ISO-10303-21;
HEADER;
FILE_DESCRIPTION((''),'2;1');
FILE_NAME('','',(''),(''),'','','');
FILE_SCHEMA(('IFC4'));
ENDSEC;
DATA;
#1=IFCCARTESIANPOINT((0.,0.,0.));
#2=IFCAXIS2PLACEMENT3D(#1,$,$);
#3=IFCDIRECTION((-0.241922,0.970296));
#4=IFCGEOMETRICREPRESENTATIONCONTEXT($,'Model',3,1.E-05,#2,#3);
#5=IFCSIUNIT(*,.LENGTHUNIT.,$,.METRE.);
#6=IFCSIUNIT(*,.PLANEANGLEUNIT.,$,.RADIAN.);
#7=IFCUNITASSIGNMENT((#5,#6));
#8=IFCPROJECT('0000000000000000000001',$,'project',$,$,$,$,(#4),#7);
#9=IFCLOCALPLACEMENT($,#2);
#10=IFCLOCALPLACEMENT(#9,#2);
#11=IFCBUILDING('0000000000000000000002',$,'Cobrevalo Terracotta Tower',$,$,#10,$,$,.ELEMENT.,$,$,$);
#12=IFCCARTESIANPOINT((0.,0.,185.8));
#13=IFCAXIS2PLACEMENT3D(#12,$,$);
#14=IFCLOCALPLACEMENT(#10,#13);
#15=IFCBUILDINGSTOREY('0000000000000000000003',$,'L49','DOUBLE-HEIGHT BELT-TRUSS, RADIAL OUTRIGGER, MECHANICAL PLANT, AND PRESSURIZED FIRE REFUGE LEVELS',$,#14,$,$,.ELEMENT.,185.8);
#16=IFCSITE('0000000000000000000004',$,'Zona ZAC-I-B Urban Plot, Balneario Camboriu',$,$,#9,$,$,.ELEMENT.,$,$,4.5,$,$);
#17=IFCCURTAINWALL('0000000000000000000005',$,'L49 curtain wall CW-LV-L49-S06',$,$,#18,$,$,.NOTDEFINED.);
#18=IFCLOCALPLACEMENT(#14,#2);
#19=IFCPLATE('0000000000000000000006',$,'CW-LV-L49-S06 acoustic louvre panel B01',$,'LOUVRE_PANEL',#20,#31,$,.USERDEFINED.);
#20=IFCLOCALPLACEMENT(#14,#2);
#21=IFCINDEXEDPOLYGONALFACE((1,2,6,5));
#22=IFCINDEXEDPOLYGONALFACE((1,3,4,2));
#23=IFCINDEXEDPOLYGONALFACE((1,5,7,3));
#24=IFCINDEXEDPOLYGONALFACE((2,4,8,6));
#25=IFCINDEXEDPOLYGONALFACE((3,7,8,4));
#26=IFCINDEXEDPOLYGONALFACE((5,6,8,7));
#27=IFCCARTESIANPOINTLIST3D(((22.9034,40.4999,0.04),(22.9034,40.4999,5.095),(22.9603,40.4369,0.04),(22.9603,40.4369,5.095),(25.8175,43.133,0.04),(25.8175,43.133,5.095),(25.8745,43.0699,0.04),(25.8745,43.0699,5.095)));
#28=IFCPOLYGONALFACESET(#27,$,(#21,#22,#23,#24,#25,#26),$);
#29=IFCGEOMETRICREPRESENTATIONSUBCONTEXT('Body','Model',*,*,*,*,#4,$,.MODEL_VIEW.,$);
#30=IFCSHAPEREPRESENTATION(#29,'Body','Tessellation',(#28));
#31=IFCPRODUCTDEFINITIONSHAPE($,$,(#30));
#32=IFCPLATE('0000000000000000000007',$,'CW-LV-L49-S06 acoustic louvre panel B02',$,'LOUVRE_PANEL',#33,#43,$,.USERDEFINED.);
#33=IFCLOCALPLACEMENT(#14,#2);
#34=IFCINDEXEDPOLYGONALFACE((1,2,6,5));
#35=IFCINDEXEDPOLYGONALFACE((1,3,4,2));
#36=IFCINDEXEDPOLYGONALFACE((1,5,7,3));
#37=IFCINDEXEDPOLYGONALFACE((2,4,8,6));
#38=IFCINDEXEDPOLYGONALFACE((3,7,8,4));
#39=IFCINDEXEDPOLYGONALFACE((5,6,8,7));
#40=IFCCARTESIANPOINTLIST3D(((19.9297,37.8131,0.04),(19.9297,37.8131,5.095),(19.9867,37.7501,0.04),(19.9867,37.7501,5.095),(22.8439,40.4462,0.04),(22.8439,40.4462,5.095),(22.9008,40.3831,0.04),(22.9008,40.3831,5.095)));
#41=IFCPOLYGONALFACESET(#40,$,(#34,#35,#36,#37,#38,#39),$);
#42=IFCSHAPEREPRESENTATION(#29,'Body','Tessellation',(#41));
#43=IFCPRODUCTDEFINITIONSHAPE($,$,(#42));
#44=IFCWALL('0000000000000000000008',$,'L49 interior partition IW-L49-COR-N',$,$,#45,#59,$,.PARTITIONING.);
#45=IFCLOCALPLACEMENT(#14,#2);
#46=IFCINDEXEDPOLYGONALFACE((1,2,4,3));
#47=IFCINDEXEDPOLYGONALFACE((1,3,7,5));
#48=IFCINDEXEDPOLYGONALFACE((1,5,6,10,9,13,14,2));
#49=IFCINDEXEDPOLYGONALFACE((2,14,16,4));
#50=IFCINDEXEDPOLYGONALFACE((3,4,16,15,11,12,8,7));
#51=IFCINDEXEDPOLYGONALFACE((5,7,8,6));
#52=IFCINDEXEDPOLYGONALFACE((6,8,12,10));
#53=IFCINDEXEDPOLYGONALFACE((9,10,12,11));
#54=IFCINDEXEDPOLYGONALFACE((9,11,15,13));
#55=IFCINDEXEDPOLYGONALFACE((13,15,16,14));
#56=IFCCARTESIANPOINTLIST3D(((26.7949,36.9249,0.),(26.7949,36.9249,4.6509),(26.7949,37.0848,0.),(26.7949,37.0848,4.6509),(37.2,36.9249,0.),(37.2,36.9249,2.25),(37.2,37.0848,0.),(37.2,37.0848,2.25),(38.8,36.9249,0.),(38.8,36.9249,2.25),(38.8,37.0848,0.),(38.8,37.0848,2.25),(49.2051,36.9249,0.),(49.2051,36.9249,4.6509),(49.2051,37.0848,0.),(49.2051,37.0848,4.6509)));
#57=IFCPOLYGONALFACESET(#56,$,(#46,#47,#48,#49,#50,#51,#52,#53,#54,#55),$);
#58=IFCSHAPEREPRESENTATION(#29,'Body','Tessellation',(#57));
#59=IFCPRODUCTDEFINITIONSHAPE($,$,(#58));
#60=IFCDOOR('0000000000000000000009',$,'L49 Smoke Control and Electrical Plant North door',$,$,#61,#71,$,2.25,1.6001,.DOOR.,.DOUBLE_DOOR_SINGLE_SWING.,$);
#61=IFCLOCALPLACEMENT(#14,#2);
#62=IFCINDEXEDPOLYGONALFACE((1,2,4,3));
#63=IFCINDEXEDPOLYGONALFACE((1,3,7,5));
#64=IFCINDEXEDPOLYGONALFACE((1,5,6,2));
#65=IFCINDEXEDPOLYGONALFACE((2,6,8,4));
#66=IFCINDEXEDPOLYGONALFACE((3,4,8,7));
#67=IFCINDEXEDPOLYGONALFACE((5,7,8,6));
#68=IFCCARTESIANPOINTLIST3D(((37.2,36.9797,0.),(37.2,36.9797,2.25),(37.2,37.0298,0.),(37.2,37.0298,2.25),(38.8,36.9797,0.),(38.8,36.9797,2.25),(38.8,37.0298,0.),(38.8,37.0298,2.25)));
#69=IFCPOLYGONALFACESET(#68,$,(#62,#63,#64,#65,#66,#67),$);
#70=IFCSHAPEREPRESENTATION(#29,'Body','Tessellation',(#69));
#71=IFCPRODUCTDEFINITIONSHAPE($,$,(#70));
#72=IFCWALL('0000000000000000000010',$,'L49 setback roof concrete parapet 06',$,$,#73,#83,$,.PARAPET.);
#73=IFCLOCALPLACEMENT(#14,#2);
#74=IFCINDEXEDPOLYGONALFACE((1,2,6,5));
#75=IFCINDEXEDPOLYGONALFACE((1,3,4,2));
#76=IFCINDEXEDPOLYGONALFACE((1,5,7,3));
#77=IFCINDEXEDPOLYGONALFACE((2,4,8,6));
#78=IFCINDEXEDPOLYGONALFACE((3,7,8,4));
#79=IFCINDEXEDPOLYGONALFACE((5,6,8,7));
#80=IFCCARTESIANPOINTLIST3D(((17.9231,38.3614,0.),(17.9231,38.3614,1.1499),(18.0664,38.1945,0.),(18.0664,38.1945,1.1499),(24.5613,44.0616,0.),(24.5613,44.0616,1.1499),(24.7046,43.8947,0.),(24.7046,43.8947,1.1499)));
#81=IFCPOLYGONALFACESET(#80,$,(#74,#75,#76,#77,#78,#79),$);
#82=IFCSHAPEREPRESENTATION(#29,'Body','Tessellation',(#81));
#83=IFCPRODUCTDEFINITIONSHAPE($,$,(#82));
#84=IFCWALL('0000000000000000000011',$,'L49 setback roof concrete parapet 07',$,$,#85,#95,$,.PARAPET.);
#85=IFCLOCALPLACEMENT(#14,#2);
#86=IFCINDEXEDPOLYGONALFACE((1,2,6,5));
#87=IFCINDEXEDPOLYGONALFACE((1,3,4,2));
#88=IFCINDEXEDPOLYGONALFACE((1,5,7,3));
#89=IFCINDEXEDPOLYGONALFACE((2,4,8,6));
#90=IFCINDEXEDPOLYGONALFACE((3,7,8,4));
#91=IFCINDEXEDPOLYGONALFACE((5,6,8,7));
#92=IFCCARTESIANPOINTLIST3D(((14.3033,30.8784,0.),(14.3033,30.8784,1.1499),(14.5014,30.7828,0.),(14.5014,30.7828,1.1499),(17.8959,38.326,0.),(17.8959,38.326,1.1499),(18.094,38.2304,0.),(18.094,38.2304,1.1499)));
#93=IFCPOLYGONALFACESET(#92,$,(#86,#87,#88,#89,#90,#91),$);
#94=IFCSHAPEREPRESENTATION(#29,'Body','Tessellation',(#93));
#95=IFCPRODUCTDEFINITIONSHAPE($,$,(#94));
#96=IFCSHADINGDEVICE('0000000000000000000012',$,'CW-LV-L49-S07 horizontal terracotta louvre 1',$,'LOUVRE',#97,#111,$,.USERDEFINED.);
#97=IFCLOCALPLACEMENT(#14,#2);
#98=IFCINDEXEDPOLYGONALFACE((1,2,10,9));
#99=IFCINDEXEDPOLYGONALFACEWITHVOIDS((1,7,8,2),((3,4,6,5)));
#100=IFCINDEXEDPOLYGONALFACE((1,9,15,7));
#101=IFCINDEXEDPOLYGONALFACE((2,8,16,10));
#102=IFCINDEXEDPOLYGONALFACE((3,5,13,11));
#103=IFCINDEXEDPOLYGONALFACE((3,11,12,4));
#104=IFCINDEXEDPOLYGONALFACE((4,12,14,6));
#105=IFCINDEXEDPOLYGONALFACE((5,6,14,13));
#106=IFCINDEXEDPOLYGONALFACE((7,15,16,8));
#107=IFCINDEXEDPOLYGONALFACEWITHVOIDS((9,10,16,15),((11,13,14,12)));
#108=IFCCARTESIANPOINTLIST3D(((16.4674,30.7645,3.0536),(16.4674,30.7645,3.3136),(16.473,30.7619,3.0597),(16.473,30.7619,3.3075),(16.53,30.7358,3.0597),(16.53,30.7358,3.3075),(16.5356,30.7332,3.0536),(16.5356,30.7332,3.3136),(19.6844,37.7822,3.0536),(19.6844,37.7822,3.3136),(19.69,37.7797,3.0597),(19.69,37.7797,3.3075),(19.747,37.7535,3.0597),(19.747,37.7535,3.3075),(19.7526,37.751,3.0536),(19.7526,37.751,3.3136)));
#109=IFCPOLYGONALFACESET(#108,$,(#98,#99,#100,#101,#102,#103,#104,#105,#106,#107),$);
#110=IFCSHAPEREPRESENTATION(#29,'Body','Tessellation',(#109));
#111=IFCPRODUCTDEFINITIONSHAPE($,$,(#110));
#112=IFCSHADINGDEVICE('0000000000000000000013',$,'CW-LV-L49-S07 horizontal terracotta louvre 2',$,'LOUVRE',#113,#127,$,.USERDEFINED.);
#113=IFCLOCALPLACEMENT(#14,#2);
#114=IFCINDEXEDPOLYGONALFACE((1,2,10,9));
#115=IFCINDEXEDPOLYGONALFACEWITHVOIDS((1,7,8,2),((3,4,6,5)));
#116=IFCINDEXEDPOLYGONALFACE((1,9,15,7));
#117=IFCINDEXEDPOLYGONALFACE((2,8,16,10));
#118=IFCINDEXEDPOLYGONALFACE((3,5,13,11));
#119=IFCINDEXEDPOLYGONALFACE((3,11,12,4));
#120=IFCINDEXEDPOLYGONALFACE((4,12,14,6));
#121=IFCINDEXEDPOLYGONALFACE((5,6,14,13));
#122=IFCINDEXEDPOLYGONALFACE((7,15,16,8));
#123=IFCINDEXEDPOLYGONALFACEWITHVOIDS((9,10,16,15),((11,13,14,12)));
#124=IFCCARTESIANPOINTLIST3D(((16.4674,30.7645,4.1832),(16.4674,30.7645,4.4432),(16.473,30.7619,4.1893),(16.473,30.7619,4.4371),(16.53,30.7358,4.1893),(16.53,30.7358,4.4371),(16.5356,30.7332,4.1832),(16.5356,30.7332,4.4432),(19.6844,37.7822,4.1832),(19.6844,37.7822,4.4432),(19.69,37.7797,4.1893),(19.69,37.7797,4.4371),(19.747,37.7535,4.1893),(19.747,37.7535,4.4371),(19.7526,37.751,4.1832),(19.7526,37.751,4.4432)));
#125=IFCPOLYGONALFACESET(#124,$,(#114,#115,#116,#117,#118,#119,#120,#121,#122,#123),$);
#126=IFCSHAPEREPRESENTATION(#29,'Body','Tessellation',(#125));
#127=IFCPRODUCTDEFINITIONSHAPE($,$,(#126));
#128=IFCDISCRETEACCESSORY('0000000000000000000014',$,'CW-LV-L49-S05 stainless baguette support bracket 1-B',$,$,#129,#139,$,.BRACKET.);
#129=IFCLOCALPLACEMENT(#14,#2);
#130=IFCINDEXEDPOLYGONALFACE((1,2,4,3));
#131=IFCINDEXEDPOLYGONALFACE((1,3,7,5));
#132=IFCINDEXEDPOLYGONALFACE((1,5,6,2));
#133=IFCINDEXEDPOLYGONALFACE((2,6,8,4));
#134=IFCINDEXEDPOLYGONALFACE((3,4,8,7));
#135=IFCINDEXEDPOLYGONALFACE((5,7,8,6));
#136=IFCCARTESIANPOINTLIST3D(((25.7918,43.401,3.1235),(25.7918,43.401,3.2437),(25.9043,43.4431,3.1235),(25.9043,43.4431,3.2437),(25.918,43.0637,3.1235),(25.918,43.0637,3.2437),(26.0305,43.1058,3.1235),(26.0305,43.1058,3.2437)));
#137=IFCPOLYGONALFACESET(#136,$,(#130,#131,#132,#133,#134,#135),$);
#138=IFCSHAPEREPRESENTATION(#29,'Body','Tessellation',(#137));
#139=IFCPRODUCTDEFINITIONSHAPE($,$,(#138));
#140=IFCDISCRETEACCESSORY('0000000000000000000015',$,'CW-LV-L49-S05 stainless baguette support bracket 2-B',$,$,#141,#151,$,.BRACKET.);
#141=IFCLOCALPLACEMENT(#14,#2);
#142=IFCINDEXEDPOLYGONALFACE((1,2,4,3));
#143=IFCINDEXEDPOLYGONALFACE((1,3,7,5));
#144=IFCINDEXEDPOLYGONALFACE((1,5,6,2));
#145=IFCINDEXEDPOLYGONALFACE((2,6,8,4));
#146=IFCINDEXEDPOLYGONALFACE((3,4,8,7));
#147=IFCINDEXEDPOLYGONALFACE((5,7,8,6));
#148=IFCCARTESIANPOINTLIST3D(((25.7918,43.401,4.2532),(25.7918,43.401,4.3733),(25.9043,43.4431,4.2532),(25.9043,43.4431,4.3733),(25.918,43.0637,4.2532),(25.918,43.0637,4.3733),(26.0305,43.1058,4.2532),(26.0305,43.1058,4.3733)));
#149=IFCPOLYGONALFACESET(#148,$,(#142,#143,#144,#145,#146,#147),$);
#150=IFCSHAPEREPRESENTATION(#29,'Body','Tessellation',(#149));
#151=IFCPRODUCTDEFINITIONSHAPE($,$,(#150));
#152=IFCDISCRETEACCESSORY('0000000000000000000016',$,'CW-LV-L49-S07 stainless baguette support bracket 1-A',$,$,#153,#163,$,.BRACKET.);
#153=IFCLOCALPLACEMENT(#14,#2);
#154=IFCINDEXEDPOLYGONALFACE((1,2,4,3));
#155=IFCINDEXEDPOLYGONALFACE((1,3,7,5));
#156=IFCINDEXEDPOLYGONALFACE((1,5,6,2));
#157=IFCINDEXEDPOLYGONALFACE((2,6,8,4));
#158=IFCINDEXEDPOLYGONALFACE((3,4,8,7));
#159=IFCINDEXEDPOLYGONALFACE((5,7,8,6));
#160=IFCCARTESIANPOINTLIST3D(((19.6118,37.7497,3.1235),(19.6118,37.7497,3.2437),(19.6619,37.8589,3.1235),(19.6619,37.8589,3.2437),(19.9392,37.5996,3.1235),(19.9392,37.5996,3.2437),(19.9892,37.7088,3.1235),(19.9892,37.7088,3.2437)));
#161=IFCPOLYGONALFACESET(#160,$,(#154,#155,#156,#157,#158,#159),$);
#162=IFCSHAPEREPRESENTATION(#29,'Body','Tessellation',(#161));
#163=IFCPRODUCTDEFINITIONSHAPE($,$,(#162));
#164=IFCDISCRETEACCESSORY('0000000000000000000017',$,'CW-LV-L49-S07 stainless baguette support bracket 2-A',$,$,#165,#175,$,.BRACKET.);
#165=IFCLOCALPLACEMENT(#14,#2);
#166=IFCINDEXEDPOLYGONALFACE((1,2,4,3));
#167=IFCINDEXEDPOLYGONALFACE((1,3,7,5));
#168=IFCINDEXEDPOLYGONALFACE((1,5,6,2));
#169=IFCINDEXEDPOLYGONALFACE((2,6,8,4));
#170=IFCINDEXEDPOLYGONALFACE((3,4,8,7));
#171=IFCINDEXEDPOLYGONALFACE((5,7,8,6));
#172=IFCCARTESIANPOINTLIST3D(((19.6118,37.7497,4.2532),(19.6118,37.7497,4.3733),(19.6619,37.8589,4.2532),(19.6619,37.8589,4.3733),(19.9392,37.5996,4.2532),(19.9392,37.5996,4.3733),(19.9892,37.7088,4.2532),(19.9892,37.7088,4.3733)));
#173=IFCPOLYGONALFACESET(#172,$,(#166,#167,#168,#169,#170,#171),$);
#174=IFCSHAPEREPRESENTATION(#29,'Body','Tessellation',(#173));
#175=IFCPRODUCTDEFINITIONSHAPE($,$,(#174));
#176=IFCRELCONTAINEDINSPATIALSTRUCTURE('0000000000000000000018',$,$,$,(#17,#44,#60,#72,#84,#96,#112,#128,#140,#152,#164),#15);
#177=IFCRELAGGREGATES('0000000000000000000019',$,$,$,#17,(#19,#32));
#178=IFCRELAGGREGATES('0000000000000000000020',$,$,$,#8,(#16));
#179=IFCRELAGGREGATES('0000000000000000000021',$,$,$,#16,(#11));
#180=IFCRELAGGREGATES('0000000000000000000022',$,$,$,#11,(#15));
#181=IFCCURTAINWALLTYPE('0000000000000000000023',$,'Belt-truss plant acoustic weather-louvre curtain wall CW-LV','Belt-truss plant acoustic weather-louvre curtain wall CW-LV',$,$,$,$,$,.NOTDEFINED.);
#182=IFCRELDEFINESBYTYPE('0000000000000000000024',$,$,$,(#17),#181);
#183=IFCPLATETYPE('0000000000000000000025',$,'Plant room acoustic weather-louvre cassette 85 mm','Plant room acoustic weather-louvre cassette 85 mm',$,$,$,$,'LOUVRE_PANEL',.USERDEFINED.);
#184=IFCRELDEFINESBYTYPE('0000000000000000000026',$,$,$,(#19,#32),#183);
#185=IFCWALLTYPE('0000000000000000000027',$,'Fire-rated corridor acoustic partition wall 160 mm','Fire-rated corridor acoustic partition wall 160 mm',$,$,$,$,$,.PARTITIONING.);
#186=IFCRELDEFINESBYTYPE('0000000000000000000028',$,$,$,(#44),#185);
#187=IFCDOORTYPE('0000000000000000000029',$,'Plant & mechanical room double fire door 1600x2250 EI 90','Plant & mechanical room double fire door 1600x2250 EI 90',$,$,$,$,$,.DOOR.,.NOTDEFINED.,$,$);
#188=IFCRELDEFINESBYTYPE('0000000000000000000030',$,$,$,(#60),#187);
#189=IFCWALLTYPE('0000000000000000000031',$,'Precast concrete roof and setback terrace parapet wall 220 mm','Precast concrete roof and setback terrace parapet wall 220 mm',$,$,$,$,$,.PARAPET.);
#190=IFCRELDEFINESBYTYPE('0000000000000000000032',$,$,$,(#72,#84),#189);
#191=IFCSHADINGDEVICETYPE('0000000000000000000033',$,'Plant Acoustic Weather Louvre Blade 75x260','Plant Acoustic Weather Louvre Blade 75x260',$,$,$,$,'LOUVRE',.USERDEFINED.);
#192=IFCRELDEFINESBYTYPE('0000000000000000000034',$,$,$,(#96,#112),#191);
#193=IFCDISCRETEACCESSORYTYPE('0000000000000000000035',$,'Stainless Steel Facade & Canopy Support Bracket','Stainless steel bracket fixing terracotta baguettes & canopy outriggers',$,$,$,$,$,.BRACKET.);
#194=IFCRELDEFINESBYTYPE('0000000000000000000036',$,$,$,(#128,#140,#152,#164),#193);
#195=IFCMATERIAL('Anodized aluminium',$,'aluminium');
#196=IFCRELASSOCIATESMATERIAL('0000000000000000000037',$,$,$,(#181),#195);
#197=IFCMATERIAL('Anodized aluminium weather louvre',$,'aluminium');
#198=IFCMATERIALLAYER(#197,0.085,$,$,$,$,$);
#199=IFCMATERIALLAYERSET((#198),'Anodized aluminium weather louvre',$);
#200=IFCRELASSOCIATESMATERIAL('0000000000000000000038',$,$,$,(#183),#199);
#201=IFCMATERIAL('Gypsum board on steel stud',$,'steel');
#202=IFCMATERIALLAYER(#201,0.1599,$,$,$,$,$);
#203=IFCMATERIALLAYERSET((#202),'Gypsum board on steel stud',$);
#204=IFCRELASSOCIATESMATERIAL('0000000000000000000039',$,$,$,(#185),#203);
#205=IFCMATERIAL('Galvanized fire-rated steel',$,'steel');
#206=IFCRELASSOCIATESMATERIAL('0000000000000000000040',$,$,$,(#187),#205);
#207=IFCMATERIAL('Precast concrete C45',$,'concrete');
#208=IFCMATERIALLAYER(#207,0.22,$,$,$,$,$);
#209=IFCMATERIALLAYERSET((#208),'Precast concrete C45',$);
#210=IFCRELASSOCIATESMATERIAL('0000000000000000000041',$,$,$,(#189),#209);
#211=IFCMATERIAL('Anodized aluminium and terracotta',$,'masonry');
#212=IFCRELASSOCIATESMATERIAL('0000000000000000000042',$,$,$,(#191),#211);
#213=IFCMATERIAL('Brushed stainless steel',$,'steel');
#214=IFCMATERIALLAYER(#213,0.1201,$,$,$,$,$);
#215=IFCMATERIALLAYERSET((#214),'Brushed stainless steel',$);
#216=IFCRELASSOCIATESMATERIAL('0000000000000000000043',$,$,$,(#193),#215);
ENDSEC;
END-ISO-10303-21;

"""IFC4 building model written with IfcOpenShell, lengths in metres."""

from ifc_helpers import new_model, si_unit, direction, frame, frame_2d, origin, origin_2d, place, context, subcontext, project, spatial, rectangle, hollow_rectangle, extrude, source, transform, mapped, material, layer, layer_set, material_profile, profile_set, type_object, element, fill, aggregate, save


model = new_model("IFC4")

# Units and contexts
model_context = context("Model", 3, precision=1e-05, world=origin(), true_north=direction((-0.241922, 0.970296)))
body_context = subcontext(model_context, "Body", "Model", "MODEL_VIEW")
ifc_project = project(units=[si_unit("LENGTHUNIT", "METRE"), si_unit("PLANEANGLEUNIT", "RADIAN")], contexts=[model_context])

# Site, building, storey
site_placement = place(None, origin())
site = spatial("IfcSite", under=ifc_project, at=site_placement, Name="Zona ZAC-I-B Urban Plot, Balneario Camboriu", CompositionType="ELEMENT", RefElevation=4.5)
building_placement = place(site_placement, origin())
building = spatial("IfcBuilding", under=site, at=building_placement, Name="Cobrevalo Terracotta Tower", CompositionType="ELEMENT")
storey_placement = place(building_placement, frame((0.0, 0.0, 185.8)))
storey = spatial("IfcBuildingStorey", under=building, at=storey_placement, Name="L49", Description="DOUBLE-HEIGHT BELT-TRUSS, RADIAL OUTRIGGER, MECHANICAL PLANT, AND PRESSURIZED FIRE REFUGE LEVELS", CompositionType="ELEMENT", Elevation=185.8)

# Shared definitions
ifc_material_1 = material(Name="Anodized aluminium", Category="aluminium")
curtain_wall_type = type_object("IfcCurtainWallType", Name="Belt-truss plant acoustic weather-louvre curtain wall CW-LV", Description="Belt-truss plant acoustic weather-louvre curtain wall CW-LV", PredefinedType="NOTDEFINED", material=ifc_material_1)

# Curtain wall
curtain_wall_1_placement = place(storey_placement, origin())
curtain_wall_1 = element("IfcCurtainWall", 1, at=curtain_wall_1_placement, inside=storey, type_object=curtain_wall_type, Name="L49 curtain wall CW-LV-L49-S06", PredefinedType="NOTDEFINED")

# Plates
ifc_material_2 = material(Name="Anodized aluminium weather louvre", Category="aluminium")
ifc_layer_1 = layer(ifc_material_2, 0.085)
ifc_layer_set_1 = layer_set([ifc_layer_1], Name="Anodized aluminium weather louvre")
plate_type_1 = type_object("IfcPlateType", Name="Plant room acoustic weather-louvre cassette 85 mm", Description="Plant room acoustic weather-louvre cassette 85 mm", ElementType="LOUVRE_PANEL", PredefinedType="USERDEFINED", material=ifc_layer_set_1)
shared_shape_1 = source(origin(), body_context, "Body", "SweptSolid", [
    extrude(rectangle(XDim=3.9275, YDim=0.085, at=origin_2d()), origin(), (0.0, 0.0, 1.0), 5.0549),
])
plate_1_placement = place(storey_placement, frame((24.3889, 41.7849, 0.04), z_axis=(0.0, 0.0, 1.0), x_axis=(-0.741988, -0.670414, 0.0)))
plate_1 = element("IfcPlate", 2, at=plate_1_placement, type_object=plate_type_1, Name="CW-LV-L49-S06 acoustic louvre panel B01", ObjectType="LOUVRE_PANEL", PredefinedType="USERDEFINED", context=body_context, shape_type="MappedRepresentation", body=[
    mapped(shared_shape_1, transform((0.0, 0.0, 0.0), scale=1.0)),
])
plate_2_placement = place(storey_placement, frame((21.4153, 39.0981, 0.04), z_axis=(0.0, 0.0, 1.0), x_axis=(-0.741988, -0.670414, 0.0)))
plate_2 = element("IfcPlate", 3, at=plate_2_placement, type_object=plate_type_1, Name="CW-LV-L49-S06 acoustic louvre panel B02", ObjectType="LOUVRE_PANEL", PredefinedType="USERDEFINED", context=body_context, shape_type="MappedRepresentation", body=[
    mapped(shared_shape_1, transform((0.0, 0.0, 0.0), scale=1.0)),
])
aggregate(curtain_wall_1, [plate_1, plate_2])

# Wall, opening, door
ifc_material_3 = material(Name="Gypsum board on steel stud", Category="steel")
ifc_layer_2 = layer(ifc_material_3, 0.1599)
ifc_layer_set_2 = layer_set([ifc_layer_2], Name="Gypsum board on steel stud")
wall_type_1 = type_object("IfcWallType", Name="Fire-rated corridor acoustic partition wall 160 mm", Description="Fire-rated corridor acoustic partition wall 160 mm", PredefinedType="PARTITIONING", material=ifc_layer_set_2)
wall_1_placement = place(storey_placement, frame((26.7949, 37.0049, 0.0), z_axis=(0.0, 0.0, 1.0), x_axis=(1.0, 0.0, 0.0)))
wall_1 = element("IfcWall", 4, at=wall_1_placement, inside=storey, type_object=wall_type_1, Name="L49 interior partition IW-L49-COR-N", PredefinedType="PARTITIONING", context=body_context, shape_type="SweptSolid", body=[
    extrude(rectangle(XDim=22.4102, YDim=0.1599, at=frame_2d((11.2051, 0.0))), origin(), (0.0, 0.0, 1.0), 4.6509),
])
opening_placement = place(wall_1_placement, frame((10.405, 0.0, 0.0)))
opening = element("IfcOpeningElement", 5, at=opening_placement, cuts=wall_1, PredefinedType="OPENING", context=body_context, shape_type="SweptSolid", body=[
    extrude(rectangle(XDim=1.6001, YDim=2.25, at=frame_2d((0.8, 1.125))), frame((0.0, 0.0898, 0.0), z_axis=(0.0, -1.0, 0.0), x_axis=(1.0, 0.0, 0.0)), (0.0, 0.0, 1.0), 0.1799),
])
ifc_material_4 = material(Name="Galvanized fire-rated steel", Category="steel")
door_type = type_object("IfcDoorType", Name="Plant & mechanical room double fire door 1600x2250 EI 90", Description="Plant & mechanical room double fire door 1600x2250 EI 90", OperationType="NOTDEFINED", PredefinedType="DOOR", material=ifc_material_4)
shared_shape_2 = source(origin(), body_context, "Body", "SweptSolid", [
    extrude(rectangle(XDim=1.6001, YDim=2.25, at=frame_2d((0.8, 1.125))), frame((0.0, 0.0249, 0.0), z_axis=(0.0, -1.0, 0.0), x_axis=(1.0, 0.0, 0.0)), (0.0, 0.0, 1.0), 0.05),
])
door_placement = place(opening_placement, origin())
door = element("IfcDoor", 6, at=door_placement, inside=storey, type_object=door_type, Name="L49 Smoke Control and Electrical Plant North door", OperationType="DOUBLE_DOOR_SINGLE_SWING", OverallHeight=2.25, OverallWidth=1.6001, PredefinedType="DOOR", context=body_context, shape_type="MappedRepresentation", body=[
    mapped(shared_shape_2, transform((0.0, 0.0, 0.0), scale=1.0)),
])
fill(opening, door)

# Walls
ifc_material_5 = material(Name="Precast concrete C45", Category="concrete")
ifc_layer_3 = layer(ifc_material_5, 0.22)
ifc_layer_set_3 = layer_set([ifc_layer_3], Name="Precast concrete C45")
wall_type_2 = type_object("IfcWallType", Name="Precast concrete roof and setback terrace parapet wall 220 mm", Description="Precast concrete roof and setback terrace parapet wall 220 mm", PredefinedType="PARAPET", material=ifc_layer_set_3)
wall_2_placement = place(storey_placement, frame((24.6331, 43.9783, 0.0), z_axis=(0.0, 0.0, 1.0), x_axis=(-0.758673, -0.651471, 0.0)))
element("IfcWall", 7, at=wall_2_placement, inside=storey, type_object=wall_type_2, Name="L49 setback roof concrete parapet 06", PredefinedType="PARAPET", context=body_context, shape_type="SweptSolid", body=[
    extrude(rectangle(XDim=8.7498, YDim=0.22, at=frame_2d((4.375, 0.0))), origin(), (0.0, 0.0, 1.0), 1.1499),
])
wall_3_placement = place(storey_placement, frame((17.9949, 38.2781, 0.0), z_axis=(0.0, 0.0, 1.0), x_axis=(-0.434472, -0.900685, 0.0)))
element("IfcWall", 8, at=wall_3_placement, inside=storey, type_object=wall_type_2, Name="L49 setback roof concrete parapet 07", PredefinedType="PARAPET", context=body_context, shape_type="SweptSolid", body=[
    extrude(rectangle(XDim=8.2688, YDim=0.22, at=frame_2d((4.1343, 0.0))), origin(), (0.0, 0.0, 1.0), 1.1499),
])

# Shading devices
ifc_material_6 = material(Name="Anodized aluminium and terracotta", Category="masonry")
ifc_material_profile_1 = material_profile(ifc_material_6, hollow_rectangle(XDim=0.075, YDim=0.26, WallThickness=0.0061, at=origin_2d()), Name="LOUVRE BLADE 75x260")
ifc_profile_set_1 = profile_set([ifc_material_profile_1], Name="Anodized aluminium and terracotta")
shading_device_type = type_object("IfcShadingDeviceType", Name="Plant Acoustic Weather Louvre Blade 75x260", Description="Plant Acoustic Weather Louvre Blade 75x260", ElementType="LOUVRE", PredefinedType="USERDEFINED", material=ifc_profile_set_1)
shared_shape_3 = source(origin(), body_context, "Body", "SweptSolid", [
    extrude(hollow_rectangle(XDim=0.075, YDim=0.26, WallThickness=0.0061, at=origin_2d()), origin(), (0.0, 0.0, 1.0), 7.72),
])
for number, where, z_axis, x_axis, name in (
    (9, (19.7185, 37.7666, 3.1836), (-0.416712, -0.909038, 0.0), (0.909038, -0.416712, 0.0), "CW-LV-L49-S07 horizontal terracotta louvre 1"),
    (10, (19.7185, 37.7666, 4.3132), (-0.416712, -0.909038, 0.0), (0.909038, -0.416712, 0.0), "CW-LV-L49-S07 horizontal terracotta louvre 2"),
):
    element("IfcShadingDevice", number, at=place(storey_placement, frame(where, z_axis=z_axis, x_axis=x_axis)), inside=storey, type_object=shading_device_type, Name=name, ObjectType="LOUVRE", PredefinedType="USERDEFINED", context=body_context, shape_type="MappedRepresentation", body=[
        mapped(shared_shape_3, transform((0.0, 0.0, 0.0), scale=1.0)),
    ])

# Discrete accessories
ifc_material_7 = material(Name="Brushed stainless steel", Category="steel")
ifc_layer_4 = layer(ifc_material_7, 0.1201)
ifc_layer_set_4 = layer_set([ifc_layer_4], Name="Brushed stainless steel")
discrete_accessory_type = type_object("IfcDiscreteAccessoryType", Name="Stainless Steel Facade & Canopy Support Bracket", Description="Stainless steel bracket fixing terracotta baguettes & canopy outriggers", PredefinedType="BRACKET", material=ifc_layer_set_4)
shared_shape_4 = source(origin(), body_context, "Body", "SweptSolid", [
    extrude(rectangle(XDim=0.1201, YDim=0.3601, at=origin_2d()), origin(), (0.0, 0.0, 1.0), 0.1201),
])
for number, where, z_axis, x_axis, name in (
    (11, (25.9111, 43.2534, 3.1235), (0.0, 0.0, 1.0), (-0.936558, -0.350513, 0.0), "CW-LV-L49-S05 stainless baguette support bracket 1-B"),
    (12, (25.9111, 43.2534, 4.2532), (0.0, 0.0, 1.0), (-0.936558, -0.350513, 0.0), "CW-LV-L49-S05 stainless baguette support bracket 2-B"),
    (13, (19.8005, 37.7292, 3.1235), (0.0, 0.0, 1.0), (-0.416731, -0.90903, 0.0), "CW-LV-L49-S07 stainless baguette support bracket 1-A"),
    (14, (19.8005, 37.7292, 4.2532), (0.0, 0.0, 1.0), (-0.416731, -0.90903, 0.0), "CW-LV-L49-S07 stainless baguette support bracket 2-A"),
):
    element("IfcDiscreteAccessory", number, at=place(storey_placement, frame(where, z_axis=z_axis, x_axis=x_axis)), inside=storey, type_object=discrete_accessory_type, Name=name, PredefinedType="BRACKET", context=body_context, shape_type="MappedRepresentation", body=[
        mapped(shared_shape_4, transform((0.0, 0.0, 0.0), scale=1.0)),
    ])

save(model, "model.ifc")
